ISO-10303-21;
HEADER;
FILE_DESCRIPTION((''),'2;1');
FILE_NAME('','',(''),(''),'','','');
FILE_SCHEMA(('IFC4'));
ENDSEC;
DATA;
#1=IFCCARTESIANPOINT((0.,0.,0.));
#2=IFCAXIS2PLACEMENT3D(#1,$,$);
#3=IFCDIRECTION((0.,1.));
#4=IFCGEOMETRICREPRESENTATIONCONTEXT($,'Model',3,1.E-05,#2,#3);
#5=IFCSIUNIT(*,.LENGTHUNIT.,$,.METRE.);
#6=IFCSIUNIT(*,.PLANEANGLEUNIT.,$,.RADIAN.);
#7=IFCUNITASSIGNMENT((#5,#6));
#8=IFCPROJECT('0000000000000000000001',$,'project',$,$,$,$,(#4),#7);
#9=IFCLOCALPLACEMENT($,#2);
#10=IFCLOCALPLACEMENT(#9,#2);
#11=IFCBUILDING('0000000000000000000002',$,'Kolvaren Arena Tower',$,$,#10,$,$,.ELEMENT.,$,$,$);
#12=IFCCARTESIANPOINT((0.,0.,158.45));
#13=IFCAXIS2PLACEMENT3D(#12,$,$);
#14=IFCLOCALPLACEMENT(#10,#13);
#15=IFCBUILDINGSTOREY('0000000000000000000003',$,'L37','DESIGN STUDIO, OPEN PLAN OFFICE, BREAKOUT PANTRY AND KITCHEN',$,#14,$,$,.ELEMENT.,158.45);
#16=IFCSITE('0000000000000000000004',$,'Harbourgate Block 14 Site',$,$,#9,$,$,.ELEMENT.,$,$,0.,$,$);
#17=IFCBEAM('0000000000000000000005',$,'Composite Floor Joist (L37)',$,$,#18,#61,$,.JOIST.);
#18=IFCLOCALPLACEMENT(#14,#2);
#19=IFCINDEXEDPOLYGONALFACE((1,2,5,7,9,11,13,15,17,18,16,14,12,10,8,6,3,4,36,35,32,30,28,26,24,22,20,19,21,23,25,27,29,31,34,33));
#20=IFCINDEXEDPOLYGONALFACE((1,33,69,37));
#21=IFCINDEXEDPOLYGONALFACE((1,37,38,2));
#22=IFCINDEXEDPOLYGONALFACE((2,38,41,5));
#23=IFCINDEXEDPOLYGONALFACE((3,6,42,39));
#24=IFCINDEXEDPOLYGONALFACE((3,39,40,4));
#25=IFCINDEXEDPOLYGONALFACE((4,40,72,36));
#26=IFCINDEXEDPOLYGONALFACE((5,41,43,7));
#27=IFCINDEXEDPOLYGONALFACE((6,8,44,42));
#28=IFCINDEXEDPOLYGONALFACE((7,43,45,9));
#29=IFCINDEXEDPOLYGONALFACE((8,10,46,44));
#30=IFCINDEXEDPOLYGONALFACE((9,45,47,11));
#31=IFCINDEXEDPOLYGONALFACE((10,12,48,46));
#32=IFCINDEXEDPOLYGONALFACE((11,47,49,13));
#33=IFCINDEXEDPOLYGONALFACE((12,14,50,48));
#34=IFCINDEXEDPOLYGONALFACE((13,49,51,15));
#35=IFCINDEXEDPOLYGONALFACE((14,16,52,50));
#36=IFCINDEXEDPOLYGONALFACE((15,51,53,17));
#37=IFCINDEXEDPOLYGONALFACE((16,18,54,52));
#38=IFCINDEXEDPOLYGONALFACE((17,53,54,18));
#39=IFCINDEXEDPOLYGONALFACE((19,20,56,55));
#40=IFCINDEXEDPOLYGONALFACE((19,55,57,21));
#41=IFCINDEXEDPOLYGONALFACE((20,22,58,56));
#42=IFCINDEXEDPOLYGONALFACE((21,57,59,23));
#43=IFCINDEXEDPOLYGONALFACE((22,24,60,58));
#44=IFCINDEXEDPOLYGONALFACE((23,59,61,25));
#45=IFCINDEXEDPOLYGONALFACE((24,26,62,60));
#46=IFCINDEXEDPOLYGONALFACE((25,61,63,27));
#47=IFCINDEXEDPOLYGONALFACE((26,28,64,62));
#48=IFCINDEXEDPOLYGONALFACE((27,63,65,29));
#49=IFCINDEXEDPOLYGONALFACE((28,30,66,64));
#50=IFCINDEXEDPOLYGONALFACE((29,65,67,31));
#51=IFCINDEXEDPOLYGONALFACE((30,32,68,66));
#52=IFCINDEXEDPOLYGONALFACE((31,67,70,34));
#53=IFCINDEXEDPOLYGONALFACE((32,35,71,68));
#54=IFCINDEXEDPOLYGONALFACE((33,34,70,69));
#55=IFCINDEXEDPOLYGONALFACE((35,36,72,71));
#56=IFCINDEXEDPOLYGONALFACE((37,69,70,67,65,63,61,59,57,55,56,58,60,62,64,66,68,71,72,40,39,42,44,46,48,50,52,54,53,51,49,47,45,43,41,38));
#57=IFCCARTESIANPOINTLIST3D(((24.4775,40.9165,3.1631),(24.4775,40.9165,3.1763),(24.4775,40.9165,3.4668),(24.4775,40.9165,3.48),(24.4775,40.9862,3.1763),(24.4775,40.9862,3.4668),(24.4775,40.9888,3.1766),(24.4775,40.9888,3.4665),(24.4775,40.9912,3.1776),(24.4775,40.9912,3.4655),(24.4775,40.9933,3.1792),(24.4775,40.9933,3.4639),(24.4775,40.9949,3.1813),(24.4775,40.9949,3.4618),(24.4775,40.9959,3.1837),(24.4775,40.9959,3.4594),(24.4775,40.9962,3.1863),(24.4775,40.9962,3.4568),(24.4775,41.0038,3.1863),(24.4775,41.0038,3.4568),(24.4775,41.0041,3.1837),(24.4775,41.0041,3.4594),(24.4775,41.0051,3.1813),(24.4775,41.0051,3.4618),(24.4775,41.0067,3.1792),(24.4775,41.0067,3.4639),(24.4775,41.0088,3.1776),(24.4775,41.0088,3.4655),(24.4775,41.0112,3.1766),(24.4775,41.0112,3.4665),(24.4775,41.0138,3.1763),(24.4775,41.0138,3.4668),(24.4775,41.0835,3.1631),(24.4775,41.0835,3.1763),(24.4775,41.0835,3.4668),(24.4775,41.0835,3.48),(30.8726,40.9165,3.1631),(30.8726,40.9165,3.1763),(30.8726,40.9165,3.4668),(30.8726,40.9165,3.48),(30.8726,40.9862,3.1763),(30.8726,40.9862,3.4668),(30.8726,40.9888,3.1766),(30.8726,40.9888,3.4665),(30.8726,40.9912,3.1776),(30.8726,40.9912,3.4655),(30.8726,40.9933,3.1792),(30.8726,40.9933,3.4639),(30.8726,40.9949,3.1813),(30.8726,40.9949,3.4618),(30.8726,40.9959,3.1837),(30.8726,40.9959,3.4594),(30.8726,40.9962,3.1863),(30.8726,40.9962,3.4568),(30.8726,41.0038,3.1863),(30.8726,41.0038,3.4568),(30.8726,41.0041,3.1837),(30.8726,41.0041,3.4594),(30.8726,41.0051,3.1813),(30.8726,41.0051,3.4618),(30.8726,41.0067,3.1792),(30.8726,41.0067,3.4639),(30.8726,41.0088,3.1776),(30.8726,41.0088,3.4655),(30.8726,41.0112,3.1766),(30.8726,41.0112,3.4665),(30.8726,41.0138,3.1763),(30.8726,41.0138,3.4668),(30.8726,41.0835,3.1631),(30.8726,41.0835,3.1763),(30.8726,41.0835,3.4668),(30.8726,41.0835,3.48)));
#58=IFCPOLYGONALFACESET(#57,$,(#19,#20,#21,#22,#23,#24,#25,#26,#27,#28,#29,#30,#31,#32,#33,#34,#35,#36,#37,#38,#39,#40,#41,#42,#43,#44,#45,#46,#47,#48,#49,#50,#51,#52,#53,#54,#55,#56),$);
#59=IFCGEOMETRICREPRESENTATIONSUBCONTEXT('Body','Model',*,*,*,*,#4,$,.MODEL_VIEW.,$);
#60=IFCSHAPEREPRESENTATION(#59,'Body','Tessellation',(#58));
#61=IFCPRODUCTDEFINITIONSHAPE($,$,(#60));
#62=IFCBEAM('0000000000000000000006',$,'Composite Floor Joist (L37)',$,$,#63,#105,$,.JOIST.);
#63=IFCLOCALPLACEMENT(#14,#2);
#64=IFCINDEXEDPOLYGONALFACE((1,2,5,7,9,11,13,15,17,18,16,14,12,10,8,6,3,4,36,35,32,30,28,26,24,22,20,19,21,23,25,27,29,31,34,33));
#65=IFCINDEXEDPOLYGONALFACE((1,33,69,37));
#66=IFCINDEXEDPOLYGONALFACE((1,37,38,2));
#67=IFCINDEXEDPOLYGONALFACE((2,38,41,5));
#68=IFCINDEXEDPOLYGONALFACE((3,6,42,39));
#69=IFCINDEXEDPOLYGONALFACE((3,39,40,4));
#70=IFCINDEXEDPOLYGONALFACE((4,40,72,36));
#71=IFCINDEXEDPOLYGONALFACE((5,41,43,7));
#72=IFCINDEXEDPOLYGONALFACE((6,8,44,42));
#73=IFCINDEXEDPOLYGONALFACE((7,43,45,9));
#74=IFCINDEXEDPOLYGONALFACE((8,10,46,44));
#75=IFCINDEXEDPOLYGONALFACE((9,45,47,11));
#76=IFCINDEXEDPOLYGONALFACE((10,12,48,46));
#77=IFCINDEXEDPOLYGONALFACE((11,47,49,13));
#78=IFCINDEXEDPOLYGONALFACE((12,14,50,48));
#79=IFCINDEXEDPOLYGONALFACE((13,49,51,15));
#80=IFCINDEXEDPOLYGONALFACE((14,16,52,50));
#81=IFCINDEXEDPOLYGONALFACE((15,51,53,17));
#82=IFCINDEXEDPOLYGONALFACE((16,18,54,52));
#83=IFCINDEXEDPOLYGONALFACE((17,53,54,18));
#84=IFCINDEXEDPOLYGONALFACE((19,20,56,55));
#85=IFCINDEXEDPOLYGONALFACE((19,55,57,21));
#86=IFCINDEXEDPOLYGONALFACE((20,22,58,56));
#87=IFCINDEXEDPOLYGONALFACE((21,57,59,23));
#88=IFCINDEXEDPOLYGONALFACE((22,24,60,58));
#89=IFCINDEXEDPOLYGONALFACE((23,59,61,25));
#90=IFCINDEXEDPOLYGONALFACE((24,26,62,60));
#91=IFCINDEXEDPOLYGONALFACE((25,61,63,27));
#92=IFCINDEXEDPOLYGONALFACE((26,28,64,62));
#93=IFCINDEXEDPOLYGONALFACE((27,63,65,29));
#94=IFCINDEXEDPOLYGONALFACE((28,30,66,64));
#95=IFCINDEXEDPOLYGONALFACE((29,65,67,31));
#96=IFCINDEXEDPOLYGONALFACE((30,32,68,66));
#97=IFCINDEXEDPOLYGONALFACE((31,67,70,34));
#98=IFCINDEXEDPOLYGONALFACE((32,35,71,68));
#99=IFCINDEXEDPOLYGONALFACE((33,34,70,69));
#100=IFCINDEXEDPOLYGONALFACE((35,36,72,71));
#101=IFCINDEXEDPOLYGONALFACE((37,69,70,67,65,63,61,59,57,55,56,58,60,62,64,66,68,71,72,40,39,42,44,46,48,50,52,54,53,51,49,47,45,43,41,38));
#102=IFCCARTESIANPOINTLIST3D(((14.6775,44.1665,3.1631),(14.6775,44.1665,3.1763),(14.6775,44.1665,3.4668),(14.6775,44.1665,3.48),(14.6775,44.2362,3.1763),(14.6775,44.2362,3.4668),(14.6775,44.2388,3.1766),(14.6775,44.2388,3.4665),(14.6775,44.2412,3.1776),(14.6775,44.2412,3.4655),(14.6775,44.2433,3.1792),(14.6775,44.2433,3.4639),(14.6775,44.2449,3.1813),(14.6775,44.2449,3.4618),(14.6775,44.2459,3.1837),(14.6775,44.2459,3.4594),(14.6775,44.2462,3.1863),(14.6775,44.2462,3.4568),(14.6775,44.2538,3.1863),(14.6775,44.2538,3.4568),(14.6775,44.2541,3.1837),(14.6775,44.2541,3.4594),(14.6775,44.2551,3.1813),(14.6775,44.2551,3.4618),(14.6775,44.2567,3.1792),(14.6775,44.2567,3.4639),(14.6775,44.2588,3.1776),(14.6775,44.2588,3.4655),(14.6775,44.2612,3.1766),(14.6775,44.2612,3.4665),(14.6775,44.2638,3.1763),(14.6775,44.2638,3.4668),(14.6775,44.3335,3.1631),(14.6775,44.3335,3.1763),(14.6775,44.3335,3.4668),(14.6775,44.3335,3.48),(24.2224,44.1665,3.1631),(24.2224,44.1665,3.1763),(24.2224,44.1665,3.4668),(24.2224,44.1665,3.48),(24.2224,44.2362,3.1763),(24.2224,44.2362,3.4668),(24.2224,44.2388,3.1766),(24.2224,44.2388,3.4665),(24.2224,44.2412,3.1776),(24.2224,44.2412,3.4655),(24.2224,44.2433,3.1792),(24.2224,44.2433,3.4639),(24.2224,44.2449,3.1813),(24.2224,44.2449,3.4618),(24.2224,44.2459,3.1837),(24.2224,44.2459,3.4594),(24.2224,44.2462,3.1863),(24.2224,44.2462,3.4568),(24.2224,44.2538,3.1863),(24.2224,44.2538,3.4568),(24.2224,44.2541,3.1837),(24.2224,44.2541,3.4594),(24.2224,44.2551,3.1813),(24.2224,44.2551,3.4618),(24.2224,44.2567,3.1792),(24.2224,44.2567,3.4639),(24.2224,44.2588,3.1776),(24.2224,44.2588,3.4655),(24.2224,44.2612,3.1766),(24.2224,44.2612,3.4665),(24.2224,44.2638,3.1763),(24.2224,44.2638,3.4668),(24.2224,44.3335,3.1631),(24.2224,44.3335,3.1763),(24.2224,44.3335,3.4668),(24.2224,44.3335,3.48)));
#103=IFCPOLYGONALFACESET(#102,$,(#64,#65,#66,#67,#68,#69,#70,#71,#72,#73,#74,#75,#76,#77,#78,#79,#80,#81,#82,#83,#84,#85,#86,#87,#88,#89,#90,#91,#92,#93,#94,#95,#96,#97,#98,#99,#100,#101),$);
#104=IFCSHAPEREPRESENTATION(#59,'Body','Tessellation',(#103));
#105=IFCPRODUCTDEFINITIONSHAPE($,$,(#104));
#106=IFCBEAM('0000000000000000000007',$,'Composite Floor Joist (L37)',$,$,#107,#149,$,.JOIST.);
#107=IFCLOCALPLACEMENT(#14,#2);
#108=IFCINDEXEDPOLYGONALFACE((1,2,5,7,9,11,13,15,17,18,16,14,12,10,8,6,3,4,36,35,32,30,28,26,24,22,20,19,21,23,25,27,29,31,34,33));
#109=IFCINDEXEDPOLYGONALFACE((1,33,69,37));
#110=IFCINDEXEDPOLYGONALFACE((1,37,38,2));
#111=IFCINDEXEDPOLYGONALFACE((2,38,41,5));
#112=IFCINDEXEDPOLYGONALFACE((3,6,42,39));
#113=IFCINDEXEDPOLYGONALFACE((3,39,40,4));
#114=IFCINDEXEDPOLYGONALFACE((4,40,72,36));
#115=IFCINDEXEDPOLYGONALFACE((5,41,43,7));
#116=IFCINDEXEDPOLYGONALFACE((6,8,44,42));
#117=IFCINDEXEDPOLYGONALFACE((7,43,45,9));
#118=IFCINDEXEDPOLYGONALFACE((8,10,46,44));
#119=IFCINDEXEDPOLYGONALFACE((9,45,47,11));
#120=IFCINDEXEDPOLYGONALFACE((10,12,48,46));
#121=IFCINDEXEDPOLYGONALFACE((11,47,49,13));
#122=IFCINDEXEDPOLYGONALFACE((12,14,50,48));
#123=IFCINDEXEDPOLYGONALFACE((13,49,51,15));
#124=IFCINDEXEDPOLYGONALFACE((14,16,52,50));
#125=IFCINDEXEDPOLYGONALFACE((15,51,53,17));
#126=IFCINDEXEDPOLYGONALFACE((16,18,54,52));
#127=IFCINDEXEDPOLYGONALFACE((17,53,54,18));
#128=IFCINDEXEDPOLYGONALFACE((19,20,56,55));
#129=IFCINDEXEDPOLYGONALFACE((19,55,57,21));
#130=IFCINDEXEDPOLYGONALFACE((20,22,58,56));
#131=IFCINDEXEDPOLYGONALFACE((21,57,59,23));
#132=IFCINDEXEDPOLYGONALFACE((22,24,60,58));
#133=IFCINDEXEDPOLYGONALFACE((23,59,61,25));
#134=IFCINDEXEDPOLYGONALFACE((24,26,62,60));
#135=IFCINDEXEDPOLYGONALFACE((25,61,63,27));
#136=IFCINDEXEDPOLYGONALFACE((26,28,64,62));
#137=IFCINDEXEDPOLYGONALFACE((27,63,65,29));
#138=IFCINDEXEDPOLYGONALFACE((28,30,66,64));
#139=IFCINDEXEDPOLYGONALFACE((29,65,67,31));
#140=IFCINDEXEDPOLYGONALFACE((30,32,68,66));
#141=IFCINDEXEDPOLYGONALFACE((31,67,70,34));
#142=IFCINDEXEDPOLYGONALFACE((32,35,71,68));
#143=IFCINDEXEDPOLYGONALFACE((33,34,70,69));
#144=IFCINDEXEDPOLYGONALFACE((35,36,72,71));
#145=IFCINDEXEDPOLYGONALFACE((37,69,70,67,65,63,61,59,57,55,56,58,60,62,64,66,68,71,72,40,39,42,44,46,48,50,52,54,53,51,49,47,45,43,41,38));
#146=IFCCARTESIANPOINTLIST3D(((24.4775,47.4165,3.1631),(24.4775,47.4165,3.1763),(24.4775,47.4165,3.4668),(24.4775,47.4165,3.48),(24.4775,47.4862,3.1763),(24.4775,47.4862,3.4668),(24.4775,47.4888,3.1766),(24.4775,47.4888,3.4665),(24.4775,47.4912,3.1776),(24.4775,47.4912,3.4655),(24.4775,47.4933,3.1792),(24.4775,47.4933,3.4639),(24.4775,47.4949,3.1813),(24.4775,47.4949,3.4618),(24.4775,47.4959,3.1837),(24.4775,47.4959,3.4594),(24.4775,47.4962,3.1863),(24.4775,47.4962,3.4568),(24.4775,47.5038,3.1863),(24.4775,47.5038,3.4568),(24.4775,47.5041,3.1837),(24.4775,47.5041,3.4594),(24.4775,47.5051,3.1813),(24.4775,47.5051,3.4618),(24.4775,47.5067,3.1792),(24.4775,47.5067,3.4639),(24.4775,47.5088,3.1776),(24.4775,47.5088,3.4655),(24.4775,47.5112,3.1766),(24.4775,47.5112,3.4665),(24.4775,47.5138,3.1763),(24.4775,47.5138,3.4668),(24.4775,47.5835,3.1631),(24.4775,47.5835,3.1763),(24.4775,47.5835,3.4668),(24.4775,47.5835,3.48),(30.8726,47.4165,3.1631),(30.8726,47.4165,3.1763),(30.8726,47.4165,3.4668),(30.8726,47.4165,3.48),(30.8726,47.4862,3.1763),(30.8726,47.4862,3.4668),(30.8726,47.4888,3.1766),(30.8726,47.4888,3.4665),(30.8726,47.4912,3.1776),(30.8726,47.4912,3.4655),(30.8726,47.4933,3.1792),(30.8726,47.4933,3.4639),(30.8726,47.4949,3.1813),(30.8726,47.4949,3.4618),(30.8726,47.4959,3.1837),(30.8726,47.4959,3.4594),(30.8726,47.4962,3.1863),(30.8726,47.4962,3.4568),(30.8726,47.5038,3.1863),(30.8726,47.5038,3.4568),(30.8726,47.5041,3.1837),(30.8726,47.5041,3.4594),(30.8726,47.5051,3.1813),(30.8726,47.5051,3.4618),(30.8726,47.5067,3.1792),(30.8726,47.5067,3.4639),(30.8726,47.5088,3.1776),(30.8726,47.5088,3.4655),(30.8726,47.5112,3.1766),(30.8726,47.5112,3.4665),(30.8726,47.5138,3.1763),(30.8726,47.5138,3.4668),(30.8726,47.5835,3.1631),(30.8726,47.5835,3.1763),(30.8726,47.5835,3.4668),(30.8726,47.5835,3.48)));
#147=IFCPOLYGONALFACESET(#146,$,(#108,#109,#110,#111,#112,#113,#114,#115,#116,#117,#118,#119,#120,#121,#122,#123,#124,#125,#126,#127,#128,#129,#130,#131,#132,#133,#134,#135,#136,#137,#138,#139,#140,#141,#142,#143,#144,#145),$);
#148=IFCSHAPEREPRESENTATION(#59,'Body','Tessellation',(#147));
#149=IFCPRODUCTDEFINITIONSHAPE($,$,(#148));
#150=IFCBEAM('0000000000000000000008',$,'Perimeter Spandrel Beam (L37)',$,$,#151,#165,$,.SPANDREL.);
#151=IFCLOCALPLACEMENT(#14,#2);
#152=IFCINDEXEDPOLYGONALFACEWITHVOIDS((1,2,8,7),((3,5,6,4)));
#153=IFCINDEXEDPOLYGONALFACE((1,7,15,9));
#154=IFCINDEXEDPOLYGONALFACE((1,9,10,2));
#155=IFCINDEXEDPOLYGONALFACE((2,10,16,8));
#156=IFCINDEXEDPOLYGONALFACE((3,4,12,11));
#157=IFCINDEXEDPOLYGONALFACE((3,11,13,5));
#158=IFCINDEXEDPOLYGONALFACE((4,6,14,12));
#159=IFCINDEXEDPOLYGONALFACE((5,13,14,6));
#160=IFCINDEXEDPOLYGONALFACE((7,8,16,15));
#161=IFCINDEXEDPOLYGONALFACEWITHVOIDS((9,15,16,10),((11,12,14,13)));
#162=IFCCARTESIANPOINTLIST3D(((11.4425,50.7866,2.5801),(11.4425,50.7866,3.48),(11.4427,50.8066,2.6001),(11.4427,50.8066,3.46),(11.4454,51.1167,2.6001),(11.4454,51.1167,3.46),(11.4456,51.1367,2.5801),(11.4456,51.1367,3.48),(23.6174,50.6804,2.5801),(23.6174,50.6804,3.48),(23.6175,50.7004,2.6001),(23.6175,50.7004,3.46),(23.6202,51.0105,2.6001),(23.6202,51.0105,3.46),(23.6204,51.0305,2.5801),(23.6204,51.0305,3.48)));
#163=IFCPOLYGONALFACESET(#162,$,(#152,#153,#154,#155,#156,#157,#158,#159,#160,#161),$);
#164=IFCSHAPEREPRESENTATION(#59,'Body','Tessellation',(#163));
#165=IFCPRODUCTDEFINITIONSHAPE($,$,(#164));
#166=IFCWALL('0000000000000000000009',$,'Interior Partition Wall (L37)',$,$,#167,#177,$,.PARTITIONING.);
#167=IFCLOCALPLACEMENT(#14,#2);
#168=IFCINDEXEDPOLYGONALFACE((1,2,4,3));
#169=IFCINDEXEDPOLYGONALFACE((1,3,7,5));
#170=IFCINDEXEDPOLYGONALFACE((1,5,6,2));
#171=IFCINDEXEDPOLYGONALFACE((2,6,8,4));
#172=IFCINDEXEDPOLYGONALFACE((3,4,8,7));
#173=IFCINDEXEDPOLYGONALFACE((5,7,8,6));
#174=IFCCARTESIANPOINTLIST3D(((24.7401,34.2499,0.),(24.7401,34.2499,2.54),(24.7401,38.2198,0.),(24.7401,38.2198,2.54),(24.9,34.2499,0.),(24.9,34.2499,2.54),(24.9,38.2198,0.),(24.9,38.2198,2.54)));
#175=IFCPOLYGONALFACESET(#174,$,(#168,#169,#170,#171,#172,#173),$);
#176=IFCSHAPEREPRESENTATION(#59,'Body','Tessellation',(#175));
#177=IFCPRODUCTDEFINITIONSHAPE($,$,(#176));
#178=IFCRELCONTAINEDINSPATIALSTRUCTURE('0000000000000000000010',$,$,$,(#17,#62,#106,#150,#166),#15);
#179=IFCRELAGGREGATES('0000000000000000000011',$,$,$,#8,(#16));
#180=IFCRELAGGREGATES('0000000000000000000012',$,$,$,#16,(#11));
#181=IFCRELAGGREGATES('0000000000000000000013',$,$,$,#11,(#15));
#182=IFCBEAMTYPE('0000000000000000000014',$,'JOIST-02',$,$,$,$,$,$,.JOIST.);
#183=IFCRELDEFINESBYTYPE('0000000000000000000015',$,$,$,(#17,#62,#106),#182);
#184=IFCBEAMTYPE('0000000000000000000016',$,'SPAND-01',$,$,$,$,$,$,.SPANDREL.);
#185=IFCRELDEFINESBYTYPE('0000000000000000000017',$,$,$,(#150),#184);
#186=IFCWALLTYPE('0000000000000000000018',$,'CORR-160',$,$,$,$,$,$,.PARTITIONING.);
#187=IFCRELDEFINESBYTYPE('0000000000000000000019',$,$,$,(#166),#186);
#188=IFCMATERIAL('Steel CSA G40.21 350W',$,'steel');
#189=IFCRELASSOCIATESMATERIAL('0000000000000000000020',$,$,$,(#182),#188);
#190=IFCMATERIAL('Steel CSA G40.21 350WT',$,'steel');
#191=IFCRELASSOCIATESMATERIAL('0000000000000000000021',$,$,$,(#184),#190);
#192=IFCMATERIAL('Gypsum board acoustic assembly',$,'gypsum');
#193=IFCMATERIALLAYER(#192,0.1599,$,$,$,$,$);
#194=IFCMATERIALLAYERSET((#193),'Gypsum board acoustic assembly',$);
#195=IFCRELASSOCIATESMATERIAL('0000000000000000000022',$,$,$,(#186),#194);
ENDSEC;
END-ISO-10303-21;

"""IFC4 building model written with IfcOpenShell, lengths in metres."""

from ifc_helpers import new_model, si_unit, direction, frame, frame_2d, origin, origin_2d, place, context, subcontext, project, spatial, rectangle, hollow_rectangle, i_section, extrude, material, layer, layer_set, material_profile, profile_set, type_object, element, save


model = new_model("IFC4")

# Units and contexts
model_context = context("Model", 3, precision=1e-05, world=origin(), true_north=direction((0.0, 1.0)))
body_context = subcontext(model_context, "Body", "Model", "MODEL_VIEW")
ifc_project = project(units=[si_unit("LENGTHUNIT", "METRE"), si_unit("PLANEANGLEUNIT", "RADIAN")], contexts=[model_context])

# Site, building, storey
site_placement = place(None, origin())
site = spatial("IfcSite", under=ifc_project, at=site_placement, Name="Harbourgate Block 14 Site", CompositionType="ELEMENT", RefElevation=0.0)
building_placement = place(site_placement, origin())
building = spatial("IfcBuilding", under=site, at=building_placement, Name="Kolvaren Arena Tower", CompositionType="ELEMENT")
storey_placement = place(building_placement, frame((0.0, 0.0, 158.45)))
storey = spatial("IfcBuildingStorey", under=building, at=storey_placement, Name="L37", Description="DESIGN STUDIO, OPEN PLAN OFFICE, BREAKOUT PANTRY AND KITCHEN", CompositionType="ELEMENT", Elevation=158.45)

# Beams
ifc_material_1 = material(Name="Steel CSA G40.21 350W", Category="steel")
ifc_material_profile_1 = material_profile(ifc_material_1, i_section(OverallWidth=0.167, OverallDepth=0.3169, WebThickness=0.0076, FlangeThickness=0.0132, FilletRadius=0.01, at=origin_2d()), Name="W310x52")
ifc_profile_set_1 = profile_set([ifc_material_profile_1], Name="Steel CSA G40.21 350W")
beam_type_1 = type_object("IfcBeamType", Name="JOIST-02", PredefinedType="JOIST", material=ifc_profile_set_1)
beam_1_placement = place(storey_placement, frame((24.4775, 41.0, 3.3215), z_axis=(1.0, 0.0, 0.0), x_axis=(0.0, 1.0, 0.0)))
element("IfcBeam", 1, at=beam_1_placement, inside=storey, type_object=beam_type_1, Name="Composite Floor Joist (L37)", PredefinedType="JOIST", context=body_context, shape_type="SweptSolid", body=[
    extrude(i_section(OverallWidth=0.167, OverallDepth=0.3169, WebThickness=0.0076, FlangeThickness=0.0132, FilletRadius=0.01, at=origin_2d()), origin(), (0.0, 0.0, 1.0), 6.395),
])
beam_2_placement = place(storey_placement, frame((14.6775, 44.25, 3.3215), z_axis=(1.0, 0.0, 0.0), x_axis=(0.0, 1.0, 0.0)))
element("IfcBeam", 2, at=beam_2_placement, inside=storey, type_object=beam_type_1, Name="Composite Floor Joist (L37)", PredefinedType="JOIST", context=body_context, shape_type="SweptSolid", body=[
    extrude(i_section(OverallWidth=0.167, OverallDepth=0.3169, WebThickness=0.0076, FlangeThickness=0.0132, FilletRadius=0.01, at=origin_2d()), origin(), (0.0, 0.0, 1.0), 9.5449),
])
beam_3_placement = place(storey_placement, frame((24.4775, 47.5, 3.3215), z_axis=(1.0, 0.0, 0.0), x_axis=(0.0, 1.0, 0.0)))
element("IfcBeam", 3, at=beam_3_placement, inside=storey, type_object=beam_type_1, Name="Composite Floor Joist (L37)", PredefinedType="JOIST", context=body_context, shape_type="SweptSolid", body=[
    extrude(i_section(OverallWidth=0.167, OverallDepth=0.3169, WebThickness=0.0076, FlangeThickness=0.0132, FilletRadius=0.01, at=origin_2d()), origin(), (0.0, 0.0, 1.0), 6.395),
])
ifc_material_2 = material(Name="Steel CSA G40.21 350WT", Category="steel")
ifc_material_profile_2 = material_profile(ifc_material_2, hollow_rectangle(XDim=0.3501, YDim=0.8999, WallThickness=0.02, at=origin_2d()), Name="HSS 900x350x20")
ifc_profile_set_2 = profile_set([ifc_material_profile_2], Name="Steel CSA G40.21 350WT")
beam_type_2 = type_object("IfcBeamType", Name="SPAND-01", PredefinedType="SPANDREL", material=ifc_profile_set_2)
beam_4_placement = place(storey_placement, frame((23.6189, 50.8555, 3.03), z_axis=(-0.999962, 0.008723, 0.0), x_axis=(-0.008723, -0.999962, 0.0)))
element("IfcBeam", 4, at=beam_4_placement, inside=storey, type_object=beam_type_2, Name="Perimeter Spandrel Beam (L37)", PredefinedType="SPANDREL", context=body_context, shape_type="SweptSolid", body=[
    extrude(hollow_rectangle(XDim=0.3501, YDim=0.8999, WallThickness=0.02, at=origin_2d()), origin(), (0.0, 0.0, 1.0), 12.1753),
])

# Wall
ifc_material_3 = material(Name="Gypsum board acoustic assembly", Category="gypsum")
ifc_layer_1 = layer(ifc_material_3, 0.1599)
ifc_layer_set_1 = layer_set([ifc_layer_1], Name="Gypsum board acoustic assembly")
wall_type_1 = type_object("IfcWallType", Name="CORR-160", PredefinedType="PARTITIONING", material=ifc_layer_set_1)
wall_1_placement = place(storey_placement, frame((24.8201, 34.25, 0.0), z_axis=(0.0, 0.0, 1.0), x_axis=(0.0, 1.0, 0.0)))
element("IfcWall", 5, at=wall_1_placement, inside=storey, type_object=wall_type_1, Name="Interior Partition Wall (L37)", PredefinedType="PARTITIONING", context=body_context, shape_type="SweptSolid", body=[
    extrude(rectangle(XDim=3.97, YDim=0.1599, at=frame_2d((1.9849, 0.0))), origin(), (0.0, 0.0, 1.0), 2.54),
])

save(model, "model.ifc")
